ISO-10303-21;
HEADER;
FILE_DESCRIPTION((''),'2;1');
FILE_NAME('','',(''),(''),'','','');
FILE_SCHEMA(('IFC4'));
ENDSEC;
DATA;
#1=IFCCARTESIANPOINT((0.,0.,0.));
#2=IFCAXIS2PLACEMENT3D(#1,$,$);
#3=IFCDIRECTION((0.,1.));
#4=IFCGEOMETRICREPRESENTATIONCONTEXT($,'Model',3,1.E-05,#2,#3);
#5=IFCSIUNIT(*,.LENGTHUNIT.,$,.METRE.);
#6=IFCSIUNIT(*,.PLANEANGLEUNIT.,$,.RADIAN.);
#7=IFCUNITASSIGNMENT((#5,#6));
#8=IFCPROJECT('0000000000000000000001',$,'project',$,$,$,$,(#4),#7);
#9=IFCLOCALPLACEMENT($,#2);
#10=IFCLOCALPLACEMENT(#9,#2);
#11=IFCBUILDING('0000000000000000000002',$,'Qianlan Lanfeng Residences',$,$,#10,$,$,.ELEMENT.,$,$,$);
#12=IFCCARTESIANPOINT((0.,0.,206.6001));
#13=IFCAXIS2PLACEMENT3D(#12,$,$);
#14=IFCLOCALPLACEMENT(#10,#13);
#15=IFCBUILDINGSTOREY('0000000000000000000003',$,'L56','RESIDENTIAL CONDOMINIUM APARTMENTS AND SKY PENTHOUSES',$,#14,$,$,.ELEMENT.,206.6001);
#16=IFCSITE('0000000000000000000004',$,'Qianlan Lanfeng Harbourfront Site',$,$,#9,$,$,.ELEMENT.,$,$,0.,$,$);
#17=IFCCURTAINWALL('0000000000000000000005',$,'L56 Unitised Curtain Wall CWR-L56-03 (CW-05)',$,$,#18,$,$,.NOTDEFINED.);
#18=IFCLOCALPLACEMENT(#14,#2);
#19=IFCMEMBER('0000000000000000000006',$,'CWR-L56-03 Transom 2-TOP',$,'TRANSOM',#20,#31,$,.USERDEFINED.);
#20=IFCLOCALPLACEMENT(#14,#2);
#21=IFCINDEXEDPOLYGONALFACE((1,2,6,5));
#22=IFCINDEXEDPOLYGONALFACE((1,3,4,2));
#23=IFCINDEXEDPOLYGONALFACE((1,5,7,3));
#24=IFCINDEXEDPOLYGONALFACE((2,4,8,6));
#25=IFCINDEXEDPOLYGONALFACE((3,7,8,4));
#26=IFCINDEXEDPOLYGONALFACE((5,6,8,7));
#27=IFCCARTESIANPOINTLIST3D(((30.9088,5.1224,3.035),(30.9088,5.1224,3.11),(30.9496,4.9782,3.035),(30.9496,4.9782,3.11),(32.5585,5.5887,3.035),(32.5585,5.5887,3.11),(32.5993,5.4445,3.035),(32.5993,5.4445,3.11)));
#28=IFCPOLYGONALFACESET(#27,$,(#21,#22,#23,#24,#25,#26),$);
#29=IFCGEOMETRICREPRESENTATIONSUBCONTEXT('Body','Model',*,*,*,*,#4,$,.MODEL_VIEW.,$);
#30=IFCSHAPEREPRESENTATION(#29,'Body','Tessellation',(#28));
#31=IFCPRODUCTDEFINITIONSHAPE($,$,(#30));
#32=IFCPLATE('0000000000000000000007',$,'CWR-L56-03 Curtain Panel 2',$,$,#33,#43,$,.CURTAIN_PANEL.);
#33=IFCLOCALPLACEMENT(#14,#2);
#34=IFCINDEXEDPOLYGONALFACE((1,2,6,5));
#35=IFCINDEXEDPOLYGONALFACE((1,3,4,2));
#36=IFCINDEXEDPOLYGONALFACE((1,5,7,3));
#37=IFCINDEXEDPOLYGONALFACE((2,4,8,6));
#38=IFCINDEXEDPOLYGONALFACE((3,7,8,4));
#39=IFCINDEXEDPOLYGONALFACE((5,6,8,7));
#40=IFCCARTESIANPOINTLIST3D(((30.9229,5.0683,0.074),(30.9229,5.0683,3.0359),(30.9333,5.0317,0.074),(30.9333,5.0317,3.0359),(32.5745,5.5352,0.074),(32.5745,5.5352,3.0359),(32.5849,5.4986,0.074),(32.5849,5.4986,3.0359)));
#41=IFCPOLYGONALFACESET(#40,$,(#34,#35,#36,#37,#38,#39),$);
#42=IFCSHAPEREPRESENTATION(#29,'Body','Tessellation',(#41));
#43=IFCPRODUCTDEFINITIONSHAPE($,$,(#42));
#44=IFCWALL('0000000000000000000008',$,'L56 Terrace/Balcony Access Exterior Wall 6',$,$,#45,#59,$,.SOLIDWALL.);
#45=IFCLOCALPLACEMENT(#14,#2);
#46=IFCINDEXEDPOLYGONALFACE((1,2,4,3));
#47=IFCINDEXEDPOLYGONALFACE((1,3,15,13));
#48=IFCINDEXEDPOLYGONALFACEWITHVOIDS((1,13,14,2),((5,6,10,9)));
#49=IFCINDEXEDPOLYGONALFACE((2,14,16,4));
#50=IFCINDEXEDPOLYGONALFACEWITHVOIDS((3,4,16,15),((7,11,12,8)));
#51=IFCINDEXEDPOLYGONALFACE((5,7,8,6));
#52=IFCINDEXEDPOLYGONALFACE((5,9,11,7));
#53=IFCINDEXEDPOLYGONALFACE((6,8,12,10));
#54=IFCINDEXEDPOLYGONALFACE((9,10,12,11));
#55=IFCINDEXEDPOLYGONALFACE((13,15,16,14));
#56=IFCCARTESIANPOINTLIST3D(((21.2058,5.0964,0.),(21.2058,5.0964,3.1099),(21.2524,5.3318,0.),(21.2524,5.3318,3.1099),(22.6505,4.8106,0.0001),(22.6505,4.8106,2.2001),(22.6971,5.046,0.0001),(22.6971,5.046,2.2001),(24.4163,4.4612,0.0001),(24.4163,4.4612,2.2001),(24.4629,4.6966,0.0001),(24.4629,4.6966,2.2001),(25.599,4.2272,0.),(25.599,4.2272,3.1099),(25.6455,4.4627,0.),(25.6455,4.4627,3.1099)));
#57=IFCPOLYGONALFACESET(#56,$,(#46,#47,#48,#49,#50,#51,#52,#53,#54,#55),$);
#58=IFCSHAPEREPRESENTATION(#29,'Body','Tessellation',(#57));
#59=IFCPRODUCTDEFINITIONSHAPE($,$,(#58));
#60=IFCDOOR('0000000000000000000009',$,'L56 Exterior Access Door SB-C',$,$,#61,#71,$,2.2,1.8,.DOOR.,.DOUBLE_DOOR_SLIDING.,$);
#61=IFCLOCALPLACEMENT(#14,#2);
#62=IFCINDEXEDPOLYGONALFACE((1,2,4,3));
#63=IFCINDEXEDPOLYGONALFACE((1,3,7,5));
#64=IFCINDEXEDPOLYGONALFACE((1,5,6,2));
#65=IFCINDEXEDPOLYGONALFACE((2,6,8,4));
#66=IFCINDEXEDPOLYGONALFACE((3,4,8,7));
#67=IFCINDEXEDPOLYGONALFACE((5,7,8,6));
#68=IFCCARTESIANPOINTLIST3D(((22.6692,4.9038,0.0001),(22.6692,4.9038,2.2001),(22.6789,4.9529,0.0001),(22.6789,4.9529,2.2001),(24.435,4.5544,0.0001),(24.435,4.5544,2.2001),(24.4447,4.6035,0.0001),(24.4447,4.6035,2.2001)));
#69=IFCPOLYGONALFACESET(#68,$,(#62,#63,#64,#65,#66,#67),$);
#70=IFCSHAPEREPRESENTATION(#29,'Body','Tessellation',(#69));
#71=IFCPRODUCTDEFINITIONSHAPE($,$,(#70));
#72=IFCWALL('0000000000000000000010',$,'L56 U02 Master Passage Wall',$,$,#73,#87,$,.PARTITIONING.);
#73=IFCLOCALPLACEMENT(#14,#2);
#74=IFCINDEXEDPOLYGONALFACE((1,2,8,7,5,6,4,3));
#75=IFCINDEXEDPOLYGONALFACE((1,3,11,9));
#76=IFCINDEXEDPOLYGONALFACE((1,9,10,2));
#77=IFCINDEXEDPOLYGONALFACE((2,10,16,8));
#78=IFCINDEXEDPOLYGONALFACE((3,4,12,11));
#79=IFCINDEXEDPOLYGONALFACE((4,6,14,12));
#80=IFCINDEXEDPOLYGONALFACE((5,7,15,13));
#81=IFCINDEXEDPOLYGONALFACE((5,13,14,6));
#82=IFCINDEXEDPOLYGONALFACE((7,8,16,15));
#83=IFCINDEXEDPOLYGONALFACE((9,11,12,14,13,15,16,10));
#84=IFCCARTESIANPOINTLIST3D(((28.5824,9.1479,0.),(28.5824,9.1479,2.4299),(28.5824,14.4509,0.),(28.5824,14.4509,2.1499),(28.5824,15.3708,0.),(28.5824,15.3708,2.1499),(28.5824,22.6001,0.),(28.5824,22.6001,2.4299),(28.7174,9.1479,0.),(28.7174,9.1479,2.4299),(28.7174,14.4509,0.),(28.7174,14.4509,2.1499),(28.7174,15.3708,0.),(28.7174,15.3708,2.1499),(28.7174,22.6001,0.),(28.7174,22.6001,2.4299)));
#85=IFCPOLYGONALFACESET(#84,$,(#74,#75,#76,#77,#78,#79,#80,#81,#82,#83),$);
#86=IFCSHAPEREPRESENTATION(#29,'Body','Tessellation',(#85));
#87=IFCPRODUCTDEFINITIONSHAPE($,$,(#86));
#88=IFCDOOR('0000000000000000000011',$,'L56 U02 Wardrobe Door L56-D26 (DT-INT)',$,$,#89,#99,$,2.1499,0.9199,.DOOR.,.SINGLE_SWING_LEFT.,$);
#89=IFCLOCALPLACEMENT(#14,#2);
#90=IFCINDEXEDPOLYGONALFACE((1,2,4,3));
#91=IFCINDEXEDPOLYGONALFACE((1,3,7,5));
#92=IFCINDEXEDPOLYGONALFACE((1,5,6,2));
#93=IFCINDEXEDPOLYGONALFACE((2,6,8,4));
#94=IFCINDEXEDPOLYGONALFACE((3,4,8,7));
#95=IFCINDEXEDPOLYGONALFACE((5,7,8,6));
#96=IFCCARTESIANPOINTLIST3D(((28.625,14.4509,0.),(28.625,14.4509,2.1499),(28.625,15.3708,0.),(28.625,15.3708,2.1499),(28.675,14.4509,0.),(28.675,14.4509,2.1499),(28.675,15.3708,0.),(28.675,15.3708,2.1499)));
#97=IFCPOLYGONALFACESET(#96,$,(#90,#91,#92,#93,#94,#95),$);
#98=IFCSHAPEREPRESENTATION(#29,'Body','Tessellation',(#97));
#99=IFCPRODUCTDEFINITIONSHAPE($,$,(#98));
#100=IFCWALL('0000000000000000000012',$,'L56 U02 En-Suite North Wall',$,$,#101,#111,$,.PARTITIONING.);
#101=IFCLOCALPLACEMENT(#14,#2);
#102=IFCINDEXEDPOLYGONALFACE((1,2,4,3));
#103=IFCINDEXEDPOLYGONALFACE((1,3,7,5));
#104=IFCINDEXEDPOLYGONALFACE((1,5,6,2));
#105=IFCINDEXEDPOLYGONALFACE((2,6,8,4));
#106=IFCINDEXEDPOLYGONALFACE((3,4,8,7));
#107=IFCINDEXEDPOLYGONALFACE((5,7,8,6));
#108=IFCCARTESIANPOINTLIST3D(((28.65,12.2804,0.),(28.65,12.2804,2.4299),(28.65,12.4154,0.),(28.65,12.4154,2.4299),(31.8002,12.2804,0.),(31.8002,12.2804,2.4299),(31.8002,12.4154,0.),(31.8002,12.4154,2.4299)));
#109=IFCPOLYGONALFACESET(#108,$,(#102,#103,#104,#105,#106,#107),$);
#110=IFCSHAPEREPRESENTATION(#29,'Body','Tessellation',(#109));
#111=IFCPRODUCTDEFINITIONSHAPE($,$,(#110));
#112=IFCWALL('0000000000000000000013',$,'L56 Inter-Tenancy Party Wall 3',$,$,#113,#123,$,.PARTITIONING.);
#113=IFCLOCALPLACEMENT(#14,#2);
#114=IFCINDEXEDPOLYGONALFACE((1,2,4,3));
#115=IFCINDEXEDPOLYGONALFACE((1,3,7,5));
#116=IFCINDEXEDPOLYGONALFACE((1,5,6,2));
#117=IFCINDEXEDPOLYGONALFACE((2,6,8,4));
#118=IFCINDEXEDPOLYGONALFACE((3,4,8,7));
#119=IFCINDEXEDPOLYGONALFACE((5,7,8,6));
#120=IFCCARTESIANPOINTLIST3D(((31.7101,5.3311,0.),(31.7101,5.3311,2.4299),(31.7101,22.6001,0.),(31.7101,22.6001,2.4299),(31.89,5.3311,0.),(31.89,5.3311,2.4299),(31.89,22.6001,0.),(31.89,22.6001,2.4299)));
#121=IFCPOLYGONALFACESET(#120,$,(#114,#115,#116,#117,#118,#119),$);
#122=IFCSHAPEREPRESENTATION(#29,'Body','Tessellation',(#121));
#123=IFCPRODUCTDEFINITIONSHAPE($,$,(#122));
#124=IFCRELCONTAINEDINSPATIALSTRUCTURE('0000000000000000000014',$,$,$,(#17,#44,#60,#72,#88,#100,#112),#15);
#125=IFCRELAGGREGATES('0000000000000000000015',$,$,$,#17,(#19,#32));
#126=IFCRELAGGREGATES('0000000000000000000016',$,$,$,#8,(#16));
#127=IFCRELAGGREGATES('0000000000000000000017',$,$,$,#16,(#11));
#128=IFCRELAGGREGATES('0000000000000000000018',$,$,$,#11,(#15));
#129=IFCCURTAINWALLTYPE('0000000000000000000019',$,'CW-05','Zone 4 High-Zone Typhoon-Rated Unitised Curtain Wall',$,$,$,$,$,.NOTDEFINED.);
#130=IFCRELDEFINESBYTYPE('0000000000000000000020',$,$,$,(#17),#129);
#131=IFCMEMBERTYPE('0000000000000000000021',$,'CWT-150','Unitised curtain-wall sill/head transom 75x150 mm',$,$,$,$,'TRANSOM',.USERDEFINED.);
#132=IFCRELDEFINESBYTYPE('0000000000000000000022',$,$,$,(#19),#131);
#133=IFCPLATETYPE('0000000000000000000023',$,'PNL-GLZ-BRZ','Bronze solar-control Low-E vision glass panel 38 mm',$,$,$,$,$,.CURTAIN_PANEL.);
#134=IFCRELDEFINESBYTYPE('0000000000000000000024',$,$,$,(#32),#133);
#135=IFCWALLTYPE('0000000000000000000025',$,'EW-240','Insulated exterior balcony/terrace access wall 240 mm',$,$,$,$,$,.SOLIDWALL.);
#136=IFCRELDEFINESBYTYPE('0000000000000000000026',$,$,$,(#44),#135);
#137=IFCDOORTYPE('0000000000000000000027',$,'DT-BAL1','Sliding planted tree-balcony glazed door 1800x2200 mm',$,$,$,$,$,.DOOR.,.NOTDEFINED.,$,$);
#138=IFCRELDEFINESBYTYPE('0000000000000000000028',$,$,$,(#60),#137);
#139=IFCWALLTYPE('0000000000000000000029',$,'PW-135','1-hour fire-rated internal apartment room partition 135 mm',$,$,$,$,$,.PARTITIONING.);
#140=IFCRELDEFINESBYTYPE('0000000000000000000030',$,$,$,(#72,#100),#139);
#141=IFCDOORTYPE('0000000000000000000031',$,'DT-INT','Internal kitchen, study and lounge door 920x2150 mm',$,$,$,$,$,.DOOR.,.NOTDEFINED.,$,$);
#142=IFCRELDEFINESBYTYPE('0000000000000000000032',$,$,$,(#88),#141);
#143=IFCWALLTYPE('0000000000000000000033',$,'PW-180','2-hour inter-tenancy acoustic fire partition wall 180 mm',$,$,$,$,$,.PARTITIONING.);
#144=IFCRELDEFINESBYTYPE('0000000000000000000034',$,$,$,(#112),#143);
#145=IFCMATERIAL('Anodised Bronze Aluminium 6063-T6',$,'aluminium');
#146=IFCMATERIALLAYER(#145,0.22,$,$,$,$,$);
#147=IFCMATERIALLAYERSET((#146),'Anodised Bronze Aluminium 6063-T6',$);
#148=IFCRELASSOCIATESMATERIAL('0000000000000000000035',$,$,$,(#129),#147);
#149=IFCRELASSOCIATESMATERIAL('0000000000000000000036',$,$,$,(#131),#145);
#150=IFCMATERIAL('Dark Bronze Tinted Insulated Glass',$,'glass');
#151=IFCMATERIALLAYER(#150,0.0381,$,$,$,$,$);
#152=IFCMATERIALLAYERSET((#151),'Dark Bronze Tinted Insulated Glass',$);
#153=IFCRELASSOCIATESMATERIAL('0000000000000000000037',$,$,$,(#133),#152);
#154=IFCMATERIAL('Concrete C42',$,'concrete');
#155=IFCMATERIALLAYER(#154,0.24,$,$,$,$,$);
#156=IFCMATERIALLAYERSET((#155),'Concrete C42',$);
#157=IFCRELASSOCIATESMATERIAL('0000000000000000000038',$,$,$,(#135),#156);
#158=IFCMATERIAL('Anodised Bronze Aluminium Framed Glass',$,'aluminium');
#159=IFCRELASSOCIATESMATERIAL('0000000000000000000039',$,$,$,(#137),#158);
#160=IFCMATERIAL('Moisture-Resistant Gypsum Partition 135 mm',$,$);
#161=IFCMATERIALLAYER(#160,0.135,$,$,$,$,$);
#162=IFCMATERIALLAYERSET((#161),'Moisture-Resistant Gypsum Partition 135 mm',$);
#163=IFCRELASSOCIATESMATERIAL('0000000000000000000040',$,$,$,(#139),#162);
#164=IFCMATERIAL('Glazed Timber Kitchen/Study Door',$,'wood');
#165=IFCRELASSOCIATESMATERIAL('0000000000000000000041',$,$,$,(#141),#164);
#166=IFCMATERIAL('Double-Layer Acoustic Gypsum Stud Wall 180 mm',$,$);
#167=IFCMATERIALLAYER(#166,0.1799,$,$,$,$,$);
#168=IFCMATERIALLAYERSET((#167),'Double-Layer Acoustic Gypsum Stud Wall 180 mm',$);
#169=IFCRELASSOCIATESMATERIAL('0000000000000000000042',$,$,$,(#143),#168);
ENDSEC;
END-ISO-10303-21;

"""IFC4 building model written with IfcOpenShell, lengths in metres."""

from ifc_helpers import new_model, si_unit, direction, frame, frame_2d, origin, origin_2d, place, context, subcontext, project, spatial, rectangle, extrude, source, transform, mapped, material, layer, layer_set, material_profile, profile_set, type_object, element, fill, aggregate, save


model = new_model("IFC4")

# Units and contexts
model_context = context("Model", 3, precision=1e-05, world=origin(), true_north=direction((0.0, 1.0)))
body_context = subcontext(model_context, "Body", "Model", "MODEL_VIEW")
ifc_project = project(units=[si_unit("LENGTHUNIT", "METRE"), si_unit("PLANEANGLEUNIT", "RADIAN")], contexts=[model_context])

# Site, building, storey
site_placement = place(None, origin())
site = spatial("IfcSite", under=ifc_project, at=site_placement, Name="Qianlan Lanfeng Harbourfront Site", CompositionType="ELEMENT", RefElevation=0.0)
building_placement = place(site_placement, origin())
building = spatial("IfcBuilding", under=site, at=building_placement, Name="Qianlan Lanfeng Residences", CompositionType="ELEMENT")
storey_placement = place(building_placement, frame((0.0, 0.0, 206.6001)))
storey = spatial("IfcBuildingStorey", under=building, at=storey_placement, Name="L56", Description="RESIDENTIAL CONDOMINIUM APARTMENTS AND SKY PENTHOUSES", CompositionType="ELEMENT", Elevation=206.6001)

# Curtain wall, member, plate
ifc_material_1 = material(Name="Anodised Bronze Aluminium 6063-T6", Category="aluminium")
ifc_layer_1 = layer(ifc_material_1, 0.22)
ifc_layer_set_1 = layer_set([ifc_layer_1], Name="Anodised Bronze Aluminium 6063-T6")
curtain_wall_type = type_object("IfcCurtainWallType", Name="CW-05", Description="Zone 4 High-Zone Typhoon-Rated Unitised Curtain Wall", PredefinedType="NOTDEFINED", material=ifc_layer_set_1)
curtain_wall_placement = place(storey_placement, origin())
curtain_wall = element("IfcCurtainWall", 1, at=curtain_wall_placement, inside=storey, type_object=curtain_wall_type, Name="L56 Unitised Curtain Wall CWR-L56-03 (CW-05)", PredefinedType="NOTDEFINED")
ifc_material_profile_1 = material_profile(ifc_material_1, rectangle(XDim=0.075, YDim=0.1499, at=origin_2d()), Name="ALU TRANSOM 75x150")
ifc_profile_set_1 = profile_set([ifc_material_profile_1], Name="Anodised Bronze Aluminium 6063-T6")
member_type = type_object("IfcMemberType", Name="CWT-150", Description="Unitised curtain-wall sill/head transom 75x150 mm", ElementType="TRANSOM", PredefinedType="USERDEFINED", material=ifc_profile_set_1)
shared_shape_1 = source(origin(), body_context, "Body", "SweptSolid", [
    extrude(rectangle(XDim=0.075, YDim=0.1499, at=origin_2d()), origin(), (0.0, 0.0, 1.0), 1.7144),
])
member_1_placement = place(storey_placement, frame((30.9292, 5.0503, 3.0725), z_axis=(0.962294, 0.272011, 0.0), x_axis=(0.0, 0.0, 1.0)))
member_1 = element("IfcMember", 2, at=member_1_placement, type_object=member_type, Name="CWR-L56-03 Transom 2-TOP", ObjectType="TRANSOM", PredefinedType="USERDEFINED", context=body_context, shape_type="MappedRepresentation", body=[
    mapped(shared_shape_1, transform((0.0, 0.0, 0.0), scale=1.0)),
])
ifc_material_2 = material(Name="Dark Bronze Tinted Insulated Glass", Category="glass")
ifc_layer_2 = layer(ifc_material_2, 0.0381)
ifc_layer_set_2 = layer_set([ifc_layer_2], Name="Dark Bronze Tinted Insulated Glass")
plate_type = type_object("IfcPlateType", Name="PNL-GLZ-BRZ", Description="Bronze solar-control Low-E vision glass panel 38 mm", PredefinedType="CURTAIN_PANEL", material=ifc_layer_set_2)
shared_shape_2 = source(origin(), body_context, "Body", "SweptSolid", [
    extrude(rectangle(XDim=1.7163, YDim=0.0381, at=origin_2d()), origin(), (0.0, 0.0, 1.0), 2.9619),
])
plate_placement = place(storey_placement, frame((31.7539, 5.2834, 0.074), z_axis=(0.0, 0.0, 1.0), x_axis=(0.962284, 0.272045, 0.0)))
plate = element("IfcPlate", 3, at=plate_placement, type_object=plate_type, Name="CWR-L56-03 Curtain Panel 2", PredefinedType="CURTAIN_PANEL", context=body_context, shape_type="MappedRepresentation", body=[
    mapped(shared_shape_2, transform((0.0, 0.0, 0.0), scale=1.0)),
])
aggregate(curtain_wall, [member_1, plate])

# Wall, opening, door
ifc_material_3 = material(Name="Concrete C42", Category="concrete")
ifc_layer_3 = layer(ifc_material_3, 0.24)
ifc_layer_set_3 = layer_set([ifc_layer_3], Name="Concrete C42")
wall_type_1 = type_object("IfcWallType", Name="EW-240", Description="Insulated exterior balcony/terrace access wall 240 mm", PredefinedType="SOLIDWALL", material=ifc_layer_set_3)
wall_1_placement = place(storey_placement, frame((21.229, 5.2141, 0.0), z_axis=(0.0, 0.0, 1.0), x_axis=(0.980985, -0.194082, 0.0)))
wall_1 = element("IfcWall", 4, at=wall_1_placement, inside=storey, type_object=wall_type_1, Name="L56 Terrace/Balcony Access Exterior Wall 6", PredefinedType="SOLIDWALL", context=body_context, shape_type="SweptSolid", body=[
    extrude(rectangle(XDim=4.4783, YDim=0.24, at=frame_2d((2.2393, 0.0))), origin(), (0.0, 0.0, 1.0), 3.1099),
])
opening_1_placement = place(wall_1_placement, frame((1.4729, 0.0, 0.0)))
opening_1 = element("IfcOpeningElement", 5, at=opening_1_placement, cuts=wall_1, PredefinedType="OPENING", context=body_context, shape_type="SweptSolid", body=[
    extrude(rectangle(XDim=1.8, YDim=2.2, at=frame_2d((0.8999, 1.1001))), frame((0.0, 0.1299, 0.0), z_axis=(0.0, -1.0, 0.0), x_axis=(1.0, 0.0, 0.0)), (0.0, 0.0, 1.0), 0.26),
])
ifc_material_4 = material(Name="Anodised Bronze Aluminium Framed Glass", Category="aluminium")
door_type_1 = type_object("IfcDoorType", Name="DT-BAL1", Description="Sliding planted tree-balcony glazed door 1800x2200 mm", OperationType="NOTDEFINED", PredefinedType="DOOR", material=ifc_material_4)
door_1_placement = place(opening_1_placement, frame((1.8, 0.0, 0.0), z_axis=(0.0, 0.0, 1.0), x_axis=(-1.0, 0.0, 0.0)))
door_1 = element("IfcDoor", 6, at=door_1_placement, inside=storey, type_object=door_type_1, Name="L56 Exterior Access Door SB-C", OperationType="DOUBLE_DOOR_SLIDING", OverallHeight=2.2, OverallWidth=1.8, PredefinedType="DOOR", context=body_context, shape_type="SweptSolid", body=[
    extrude(rectangle(XDim=1.8, YDim=2.2, at=frame_2d((0.8999, 1.1001))), frame((0.0, 0.0249, 0.0), z_axis=(0.0, -1.0, 0.0), x_axis=(1.0, 0.0, 0.0)), (0.0, 0.0, 1.0), 0.05),
])
fill(opening_1, door_1)

# Shared definitions
ifc_material_5 = material(Name="Moisture-Resistant Gypsum Partition 135 mm")
ifc_layer_4 = layer(ifc_material_5, 0.135)
ifc_layer_set_4 = layer_set([ifc_layer_4], Name="Moisture-Resistant Gypsum Partition 135 mm")
wall_type_2 = type_object("IfcWallType", Name="PW-135", Description="1-hour fire-rated internal apartment room partition 135 mm", PredefinedType="PARTITIONING", material=ifc_layer_set_4)

# Wall, opening, door
wall_2_placement = place(storey_placement, frame((28.6499, 9.1479, 0.0), z_axis=(0.0, 0.0, 1.0), x_axis=(0.0, 1.0, 0.0)))
wall_2 = element("IfcWall", 7, at=wall_2_placement, inside=storey, type_object=wall_type_2, Name="L56 U02 Master Passage Wall", PredefinedType="PARTITIONING", context=body_context, shape_type="SweptSolid", body=[
    extrude(rectangle(XDim=13.4521, YDim=0.135, at=frame_2d((6.7261, 0.0))), origin(), (0.0, 0.0, 1.0), 2.4299),
])
opening_2_placement = place(wall_2_placement, frame((5.303, 0.0, 0.0)))
opening_2 = element("IfcOpeningElement", 8, at=opening_2_placement, cuts=wall_2, PredefinedType="OPENING", context=body_context, shape_type="SweptSolid", body=[
    extrude(rectangle(XDim=0.9199, YDim=2.1499, at=frame_2d((0.46, 1.075))), frame((0.0, 0.0776, 0.0), z_axis=(0.0, -1.0, 0.0), x_axis=(1.0, 0.0, 0.0)), (0.0, 0.0, 1.0), 0.155),
])
ifc_material_6 = material(Name="Glazed Timber Kitchen/Study Door", Category="wood")
door_type_2 = type_object("IfcDoorType", Name="DT-INT", Description="Internal kitchen, study and lounge door 920x2150 mm", OperationType="NOTDEFINED", PredefinedType="DOOR", material=ifc_material_6)
door_2_placement = place(opening_2_placement, origin())
door_2 = element("IfcDoor", 9, at=door_2_placement, inside=storey, type_object=door_type_2, Name="L56 U02 Wardrobe Door L56-D26 (DT-INT)", OperationType="SINGLE_SWING_LEFT", OverallHeight=2.1499, OverallWidth=0.9199, PredefinedType="DOOR", context=body_context, shape_type="SweptSolid", body=[
    extrude(rectangle(XDim=0.9199, YDim=2.1499, at=frame_2d((0.46, 1.075))), frame((0.0, 0.0249, 0.0), z_axis=(0.0, -1.0, 0.0), x_axis=(1.0, 0.0, 0.0)), (0.0, 0.0, 1.0), 0.05),
])
fill(opening_2, door_2)

# Walls
wall_3_placement = place(storey_placement, frame((28.6499, 12.3479, 0.0), z_axis=(0.0, 0.0, 1.0), x_axis=(1.0, 0.0, 0.0)))
element("IfcWall", 10, at=wall_3_placement, inside=storey, type_object=wall_type_2, Name="L56 U02 En-Suite North Wall", PredefinedType="PARTITIONING", context=body_context, shape_type="SweptSolid", body=[
    extrude(rectangle(XDim=3.1501, YDim=0.135, at=frame_2d((1.5752, 0.0))), origin(), (0.0, 0.0, 1.0), 2.4299),
])
ifc_material_7 = material(Name="Double-Layer Acoustic Gypsum Stud Wall 180 mm")
ifc_layer_5 = layer(ifc_material_7, 0.1799)
ifc_layer_set_5 = layer_set([ifc_layer_5], Name="Double-Layer Acoustic Gypsum Stud Wall 180 mm")
wall_type_3 = type_object("IfcWallType", Name="PW-180", Description="2-hour inter-tenancy acoustic fire partition wall 180 mm", PredefinedType="PARTITIONING", material=ifc_layer_set_5)
wall_4_placement = place(storey_placement, frame((31.8, 5.3311, 0.0), z_axis=(0.0, 0.0, 1.0), x_axis=(0.0, 1.0, 0.0)))
element("IfcWall", 11, at=wall_4_placement, inside=storey, type_object=wall_type_3, Name="L56 Inter-Tenancy Party Wall 3", PredefinedType="PARTITIONING", context=body_context, shape_type="SweptSolid", body=[
    extrude(rectangle(XDim=17.269, YDim=0.1799, at=frame_2d((8.6345, 0.0))), origin(), (0.0, 0.0, 1.0), 2.4299),
])

save(model, "model.ifc")
